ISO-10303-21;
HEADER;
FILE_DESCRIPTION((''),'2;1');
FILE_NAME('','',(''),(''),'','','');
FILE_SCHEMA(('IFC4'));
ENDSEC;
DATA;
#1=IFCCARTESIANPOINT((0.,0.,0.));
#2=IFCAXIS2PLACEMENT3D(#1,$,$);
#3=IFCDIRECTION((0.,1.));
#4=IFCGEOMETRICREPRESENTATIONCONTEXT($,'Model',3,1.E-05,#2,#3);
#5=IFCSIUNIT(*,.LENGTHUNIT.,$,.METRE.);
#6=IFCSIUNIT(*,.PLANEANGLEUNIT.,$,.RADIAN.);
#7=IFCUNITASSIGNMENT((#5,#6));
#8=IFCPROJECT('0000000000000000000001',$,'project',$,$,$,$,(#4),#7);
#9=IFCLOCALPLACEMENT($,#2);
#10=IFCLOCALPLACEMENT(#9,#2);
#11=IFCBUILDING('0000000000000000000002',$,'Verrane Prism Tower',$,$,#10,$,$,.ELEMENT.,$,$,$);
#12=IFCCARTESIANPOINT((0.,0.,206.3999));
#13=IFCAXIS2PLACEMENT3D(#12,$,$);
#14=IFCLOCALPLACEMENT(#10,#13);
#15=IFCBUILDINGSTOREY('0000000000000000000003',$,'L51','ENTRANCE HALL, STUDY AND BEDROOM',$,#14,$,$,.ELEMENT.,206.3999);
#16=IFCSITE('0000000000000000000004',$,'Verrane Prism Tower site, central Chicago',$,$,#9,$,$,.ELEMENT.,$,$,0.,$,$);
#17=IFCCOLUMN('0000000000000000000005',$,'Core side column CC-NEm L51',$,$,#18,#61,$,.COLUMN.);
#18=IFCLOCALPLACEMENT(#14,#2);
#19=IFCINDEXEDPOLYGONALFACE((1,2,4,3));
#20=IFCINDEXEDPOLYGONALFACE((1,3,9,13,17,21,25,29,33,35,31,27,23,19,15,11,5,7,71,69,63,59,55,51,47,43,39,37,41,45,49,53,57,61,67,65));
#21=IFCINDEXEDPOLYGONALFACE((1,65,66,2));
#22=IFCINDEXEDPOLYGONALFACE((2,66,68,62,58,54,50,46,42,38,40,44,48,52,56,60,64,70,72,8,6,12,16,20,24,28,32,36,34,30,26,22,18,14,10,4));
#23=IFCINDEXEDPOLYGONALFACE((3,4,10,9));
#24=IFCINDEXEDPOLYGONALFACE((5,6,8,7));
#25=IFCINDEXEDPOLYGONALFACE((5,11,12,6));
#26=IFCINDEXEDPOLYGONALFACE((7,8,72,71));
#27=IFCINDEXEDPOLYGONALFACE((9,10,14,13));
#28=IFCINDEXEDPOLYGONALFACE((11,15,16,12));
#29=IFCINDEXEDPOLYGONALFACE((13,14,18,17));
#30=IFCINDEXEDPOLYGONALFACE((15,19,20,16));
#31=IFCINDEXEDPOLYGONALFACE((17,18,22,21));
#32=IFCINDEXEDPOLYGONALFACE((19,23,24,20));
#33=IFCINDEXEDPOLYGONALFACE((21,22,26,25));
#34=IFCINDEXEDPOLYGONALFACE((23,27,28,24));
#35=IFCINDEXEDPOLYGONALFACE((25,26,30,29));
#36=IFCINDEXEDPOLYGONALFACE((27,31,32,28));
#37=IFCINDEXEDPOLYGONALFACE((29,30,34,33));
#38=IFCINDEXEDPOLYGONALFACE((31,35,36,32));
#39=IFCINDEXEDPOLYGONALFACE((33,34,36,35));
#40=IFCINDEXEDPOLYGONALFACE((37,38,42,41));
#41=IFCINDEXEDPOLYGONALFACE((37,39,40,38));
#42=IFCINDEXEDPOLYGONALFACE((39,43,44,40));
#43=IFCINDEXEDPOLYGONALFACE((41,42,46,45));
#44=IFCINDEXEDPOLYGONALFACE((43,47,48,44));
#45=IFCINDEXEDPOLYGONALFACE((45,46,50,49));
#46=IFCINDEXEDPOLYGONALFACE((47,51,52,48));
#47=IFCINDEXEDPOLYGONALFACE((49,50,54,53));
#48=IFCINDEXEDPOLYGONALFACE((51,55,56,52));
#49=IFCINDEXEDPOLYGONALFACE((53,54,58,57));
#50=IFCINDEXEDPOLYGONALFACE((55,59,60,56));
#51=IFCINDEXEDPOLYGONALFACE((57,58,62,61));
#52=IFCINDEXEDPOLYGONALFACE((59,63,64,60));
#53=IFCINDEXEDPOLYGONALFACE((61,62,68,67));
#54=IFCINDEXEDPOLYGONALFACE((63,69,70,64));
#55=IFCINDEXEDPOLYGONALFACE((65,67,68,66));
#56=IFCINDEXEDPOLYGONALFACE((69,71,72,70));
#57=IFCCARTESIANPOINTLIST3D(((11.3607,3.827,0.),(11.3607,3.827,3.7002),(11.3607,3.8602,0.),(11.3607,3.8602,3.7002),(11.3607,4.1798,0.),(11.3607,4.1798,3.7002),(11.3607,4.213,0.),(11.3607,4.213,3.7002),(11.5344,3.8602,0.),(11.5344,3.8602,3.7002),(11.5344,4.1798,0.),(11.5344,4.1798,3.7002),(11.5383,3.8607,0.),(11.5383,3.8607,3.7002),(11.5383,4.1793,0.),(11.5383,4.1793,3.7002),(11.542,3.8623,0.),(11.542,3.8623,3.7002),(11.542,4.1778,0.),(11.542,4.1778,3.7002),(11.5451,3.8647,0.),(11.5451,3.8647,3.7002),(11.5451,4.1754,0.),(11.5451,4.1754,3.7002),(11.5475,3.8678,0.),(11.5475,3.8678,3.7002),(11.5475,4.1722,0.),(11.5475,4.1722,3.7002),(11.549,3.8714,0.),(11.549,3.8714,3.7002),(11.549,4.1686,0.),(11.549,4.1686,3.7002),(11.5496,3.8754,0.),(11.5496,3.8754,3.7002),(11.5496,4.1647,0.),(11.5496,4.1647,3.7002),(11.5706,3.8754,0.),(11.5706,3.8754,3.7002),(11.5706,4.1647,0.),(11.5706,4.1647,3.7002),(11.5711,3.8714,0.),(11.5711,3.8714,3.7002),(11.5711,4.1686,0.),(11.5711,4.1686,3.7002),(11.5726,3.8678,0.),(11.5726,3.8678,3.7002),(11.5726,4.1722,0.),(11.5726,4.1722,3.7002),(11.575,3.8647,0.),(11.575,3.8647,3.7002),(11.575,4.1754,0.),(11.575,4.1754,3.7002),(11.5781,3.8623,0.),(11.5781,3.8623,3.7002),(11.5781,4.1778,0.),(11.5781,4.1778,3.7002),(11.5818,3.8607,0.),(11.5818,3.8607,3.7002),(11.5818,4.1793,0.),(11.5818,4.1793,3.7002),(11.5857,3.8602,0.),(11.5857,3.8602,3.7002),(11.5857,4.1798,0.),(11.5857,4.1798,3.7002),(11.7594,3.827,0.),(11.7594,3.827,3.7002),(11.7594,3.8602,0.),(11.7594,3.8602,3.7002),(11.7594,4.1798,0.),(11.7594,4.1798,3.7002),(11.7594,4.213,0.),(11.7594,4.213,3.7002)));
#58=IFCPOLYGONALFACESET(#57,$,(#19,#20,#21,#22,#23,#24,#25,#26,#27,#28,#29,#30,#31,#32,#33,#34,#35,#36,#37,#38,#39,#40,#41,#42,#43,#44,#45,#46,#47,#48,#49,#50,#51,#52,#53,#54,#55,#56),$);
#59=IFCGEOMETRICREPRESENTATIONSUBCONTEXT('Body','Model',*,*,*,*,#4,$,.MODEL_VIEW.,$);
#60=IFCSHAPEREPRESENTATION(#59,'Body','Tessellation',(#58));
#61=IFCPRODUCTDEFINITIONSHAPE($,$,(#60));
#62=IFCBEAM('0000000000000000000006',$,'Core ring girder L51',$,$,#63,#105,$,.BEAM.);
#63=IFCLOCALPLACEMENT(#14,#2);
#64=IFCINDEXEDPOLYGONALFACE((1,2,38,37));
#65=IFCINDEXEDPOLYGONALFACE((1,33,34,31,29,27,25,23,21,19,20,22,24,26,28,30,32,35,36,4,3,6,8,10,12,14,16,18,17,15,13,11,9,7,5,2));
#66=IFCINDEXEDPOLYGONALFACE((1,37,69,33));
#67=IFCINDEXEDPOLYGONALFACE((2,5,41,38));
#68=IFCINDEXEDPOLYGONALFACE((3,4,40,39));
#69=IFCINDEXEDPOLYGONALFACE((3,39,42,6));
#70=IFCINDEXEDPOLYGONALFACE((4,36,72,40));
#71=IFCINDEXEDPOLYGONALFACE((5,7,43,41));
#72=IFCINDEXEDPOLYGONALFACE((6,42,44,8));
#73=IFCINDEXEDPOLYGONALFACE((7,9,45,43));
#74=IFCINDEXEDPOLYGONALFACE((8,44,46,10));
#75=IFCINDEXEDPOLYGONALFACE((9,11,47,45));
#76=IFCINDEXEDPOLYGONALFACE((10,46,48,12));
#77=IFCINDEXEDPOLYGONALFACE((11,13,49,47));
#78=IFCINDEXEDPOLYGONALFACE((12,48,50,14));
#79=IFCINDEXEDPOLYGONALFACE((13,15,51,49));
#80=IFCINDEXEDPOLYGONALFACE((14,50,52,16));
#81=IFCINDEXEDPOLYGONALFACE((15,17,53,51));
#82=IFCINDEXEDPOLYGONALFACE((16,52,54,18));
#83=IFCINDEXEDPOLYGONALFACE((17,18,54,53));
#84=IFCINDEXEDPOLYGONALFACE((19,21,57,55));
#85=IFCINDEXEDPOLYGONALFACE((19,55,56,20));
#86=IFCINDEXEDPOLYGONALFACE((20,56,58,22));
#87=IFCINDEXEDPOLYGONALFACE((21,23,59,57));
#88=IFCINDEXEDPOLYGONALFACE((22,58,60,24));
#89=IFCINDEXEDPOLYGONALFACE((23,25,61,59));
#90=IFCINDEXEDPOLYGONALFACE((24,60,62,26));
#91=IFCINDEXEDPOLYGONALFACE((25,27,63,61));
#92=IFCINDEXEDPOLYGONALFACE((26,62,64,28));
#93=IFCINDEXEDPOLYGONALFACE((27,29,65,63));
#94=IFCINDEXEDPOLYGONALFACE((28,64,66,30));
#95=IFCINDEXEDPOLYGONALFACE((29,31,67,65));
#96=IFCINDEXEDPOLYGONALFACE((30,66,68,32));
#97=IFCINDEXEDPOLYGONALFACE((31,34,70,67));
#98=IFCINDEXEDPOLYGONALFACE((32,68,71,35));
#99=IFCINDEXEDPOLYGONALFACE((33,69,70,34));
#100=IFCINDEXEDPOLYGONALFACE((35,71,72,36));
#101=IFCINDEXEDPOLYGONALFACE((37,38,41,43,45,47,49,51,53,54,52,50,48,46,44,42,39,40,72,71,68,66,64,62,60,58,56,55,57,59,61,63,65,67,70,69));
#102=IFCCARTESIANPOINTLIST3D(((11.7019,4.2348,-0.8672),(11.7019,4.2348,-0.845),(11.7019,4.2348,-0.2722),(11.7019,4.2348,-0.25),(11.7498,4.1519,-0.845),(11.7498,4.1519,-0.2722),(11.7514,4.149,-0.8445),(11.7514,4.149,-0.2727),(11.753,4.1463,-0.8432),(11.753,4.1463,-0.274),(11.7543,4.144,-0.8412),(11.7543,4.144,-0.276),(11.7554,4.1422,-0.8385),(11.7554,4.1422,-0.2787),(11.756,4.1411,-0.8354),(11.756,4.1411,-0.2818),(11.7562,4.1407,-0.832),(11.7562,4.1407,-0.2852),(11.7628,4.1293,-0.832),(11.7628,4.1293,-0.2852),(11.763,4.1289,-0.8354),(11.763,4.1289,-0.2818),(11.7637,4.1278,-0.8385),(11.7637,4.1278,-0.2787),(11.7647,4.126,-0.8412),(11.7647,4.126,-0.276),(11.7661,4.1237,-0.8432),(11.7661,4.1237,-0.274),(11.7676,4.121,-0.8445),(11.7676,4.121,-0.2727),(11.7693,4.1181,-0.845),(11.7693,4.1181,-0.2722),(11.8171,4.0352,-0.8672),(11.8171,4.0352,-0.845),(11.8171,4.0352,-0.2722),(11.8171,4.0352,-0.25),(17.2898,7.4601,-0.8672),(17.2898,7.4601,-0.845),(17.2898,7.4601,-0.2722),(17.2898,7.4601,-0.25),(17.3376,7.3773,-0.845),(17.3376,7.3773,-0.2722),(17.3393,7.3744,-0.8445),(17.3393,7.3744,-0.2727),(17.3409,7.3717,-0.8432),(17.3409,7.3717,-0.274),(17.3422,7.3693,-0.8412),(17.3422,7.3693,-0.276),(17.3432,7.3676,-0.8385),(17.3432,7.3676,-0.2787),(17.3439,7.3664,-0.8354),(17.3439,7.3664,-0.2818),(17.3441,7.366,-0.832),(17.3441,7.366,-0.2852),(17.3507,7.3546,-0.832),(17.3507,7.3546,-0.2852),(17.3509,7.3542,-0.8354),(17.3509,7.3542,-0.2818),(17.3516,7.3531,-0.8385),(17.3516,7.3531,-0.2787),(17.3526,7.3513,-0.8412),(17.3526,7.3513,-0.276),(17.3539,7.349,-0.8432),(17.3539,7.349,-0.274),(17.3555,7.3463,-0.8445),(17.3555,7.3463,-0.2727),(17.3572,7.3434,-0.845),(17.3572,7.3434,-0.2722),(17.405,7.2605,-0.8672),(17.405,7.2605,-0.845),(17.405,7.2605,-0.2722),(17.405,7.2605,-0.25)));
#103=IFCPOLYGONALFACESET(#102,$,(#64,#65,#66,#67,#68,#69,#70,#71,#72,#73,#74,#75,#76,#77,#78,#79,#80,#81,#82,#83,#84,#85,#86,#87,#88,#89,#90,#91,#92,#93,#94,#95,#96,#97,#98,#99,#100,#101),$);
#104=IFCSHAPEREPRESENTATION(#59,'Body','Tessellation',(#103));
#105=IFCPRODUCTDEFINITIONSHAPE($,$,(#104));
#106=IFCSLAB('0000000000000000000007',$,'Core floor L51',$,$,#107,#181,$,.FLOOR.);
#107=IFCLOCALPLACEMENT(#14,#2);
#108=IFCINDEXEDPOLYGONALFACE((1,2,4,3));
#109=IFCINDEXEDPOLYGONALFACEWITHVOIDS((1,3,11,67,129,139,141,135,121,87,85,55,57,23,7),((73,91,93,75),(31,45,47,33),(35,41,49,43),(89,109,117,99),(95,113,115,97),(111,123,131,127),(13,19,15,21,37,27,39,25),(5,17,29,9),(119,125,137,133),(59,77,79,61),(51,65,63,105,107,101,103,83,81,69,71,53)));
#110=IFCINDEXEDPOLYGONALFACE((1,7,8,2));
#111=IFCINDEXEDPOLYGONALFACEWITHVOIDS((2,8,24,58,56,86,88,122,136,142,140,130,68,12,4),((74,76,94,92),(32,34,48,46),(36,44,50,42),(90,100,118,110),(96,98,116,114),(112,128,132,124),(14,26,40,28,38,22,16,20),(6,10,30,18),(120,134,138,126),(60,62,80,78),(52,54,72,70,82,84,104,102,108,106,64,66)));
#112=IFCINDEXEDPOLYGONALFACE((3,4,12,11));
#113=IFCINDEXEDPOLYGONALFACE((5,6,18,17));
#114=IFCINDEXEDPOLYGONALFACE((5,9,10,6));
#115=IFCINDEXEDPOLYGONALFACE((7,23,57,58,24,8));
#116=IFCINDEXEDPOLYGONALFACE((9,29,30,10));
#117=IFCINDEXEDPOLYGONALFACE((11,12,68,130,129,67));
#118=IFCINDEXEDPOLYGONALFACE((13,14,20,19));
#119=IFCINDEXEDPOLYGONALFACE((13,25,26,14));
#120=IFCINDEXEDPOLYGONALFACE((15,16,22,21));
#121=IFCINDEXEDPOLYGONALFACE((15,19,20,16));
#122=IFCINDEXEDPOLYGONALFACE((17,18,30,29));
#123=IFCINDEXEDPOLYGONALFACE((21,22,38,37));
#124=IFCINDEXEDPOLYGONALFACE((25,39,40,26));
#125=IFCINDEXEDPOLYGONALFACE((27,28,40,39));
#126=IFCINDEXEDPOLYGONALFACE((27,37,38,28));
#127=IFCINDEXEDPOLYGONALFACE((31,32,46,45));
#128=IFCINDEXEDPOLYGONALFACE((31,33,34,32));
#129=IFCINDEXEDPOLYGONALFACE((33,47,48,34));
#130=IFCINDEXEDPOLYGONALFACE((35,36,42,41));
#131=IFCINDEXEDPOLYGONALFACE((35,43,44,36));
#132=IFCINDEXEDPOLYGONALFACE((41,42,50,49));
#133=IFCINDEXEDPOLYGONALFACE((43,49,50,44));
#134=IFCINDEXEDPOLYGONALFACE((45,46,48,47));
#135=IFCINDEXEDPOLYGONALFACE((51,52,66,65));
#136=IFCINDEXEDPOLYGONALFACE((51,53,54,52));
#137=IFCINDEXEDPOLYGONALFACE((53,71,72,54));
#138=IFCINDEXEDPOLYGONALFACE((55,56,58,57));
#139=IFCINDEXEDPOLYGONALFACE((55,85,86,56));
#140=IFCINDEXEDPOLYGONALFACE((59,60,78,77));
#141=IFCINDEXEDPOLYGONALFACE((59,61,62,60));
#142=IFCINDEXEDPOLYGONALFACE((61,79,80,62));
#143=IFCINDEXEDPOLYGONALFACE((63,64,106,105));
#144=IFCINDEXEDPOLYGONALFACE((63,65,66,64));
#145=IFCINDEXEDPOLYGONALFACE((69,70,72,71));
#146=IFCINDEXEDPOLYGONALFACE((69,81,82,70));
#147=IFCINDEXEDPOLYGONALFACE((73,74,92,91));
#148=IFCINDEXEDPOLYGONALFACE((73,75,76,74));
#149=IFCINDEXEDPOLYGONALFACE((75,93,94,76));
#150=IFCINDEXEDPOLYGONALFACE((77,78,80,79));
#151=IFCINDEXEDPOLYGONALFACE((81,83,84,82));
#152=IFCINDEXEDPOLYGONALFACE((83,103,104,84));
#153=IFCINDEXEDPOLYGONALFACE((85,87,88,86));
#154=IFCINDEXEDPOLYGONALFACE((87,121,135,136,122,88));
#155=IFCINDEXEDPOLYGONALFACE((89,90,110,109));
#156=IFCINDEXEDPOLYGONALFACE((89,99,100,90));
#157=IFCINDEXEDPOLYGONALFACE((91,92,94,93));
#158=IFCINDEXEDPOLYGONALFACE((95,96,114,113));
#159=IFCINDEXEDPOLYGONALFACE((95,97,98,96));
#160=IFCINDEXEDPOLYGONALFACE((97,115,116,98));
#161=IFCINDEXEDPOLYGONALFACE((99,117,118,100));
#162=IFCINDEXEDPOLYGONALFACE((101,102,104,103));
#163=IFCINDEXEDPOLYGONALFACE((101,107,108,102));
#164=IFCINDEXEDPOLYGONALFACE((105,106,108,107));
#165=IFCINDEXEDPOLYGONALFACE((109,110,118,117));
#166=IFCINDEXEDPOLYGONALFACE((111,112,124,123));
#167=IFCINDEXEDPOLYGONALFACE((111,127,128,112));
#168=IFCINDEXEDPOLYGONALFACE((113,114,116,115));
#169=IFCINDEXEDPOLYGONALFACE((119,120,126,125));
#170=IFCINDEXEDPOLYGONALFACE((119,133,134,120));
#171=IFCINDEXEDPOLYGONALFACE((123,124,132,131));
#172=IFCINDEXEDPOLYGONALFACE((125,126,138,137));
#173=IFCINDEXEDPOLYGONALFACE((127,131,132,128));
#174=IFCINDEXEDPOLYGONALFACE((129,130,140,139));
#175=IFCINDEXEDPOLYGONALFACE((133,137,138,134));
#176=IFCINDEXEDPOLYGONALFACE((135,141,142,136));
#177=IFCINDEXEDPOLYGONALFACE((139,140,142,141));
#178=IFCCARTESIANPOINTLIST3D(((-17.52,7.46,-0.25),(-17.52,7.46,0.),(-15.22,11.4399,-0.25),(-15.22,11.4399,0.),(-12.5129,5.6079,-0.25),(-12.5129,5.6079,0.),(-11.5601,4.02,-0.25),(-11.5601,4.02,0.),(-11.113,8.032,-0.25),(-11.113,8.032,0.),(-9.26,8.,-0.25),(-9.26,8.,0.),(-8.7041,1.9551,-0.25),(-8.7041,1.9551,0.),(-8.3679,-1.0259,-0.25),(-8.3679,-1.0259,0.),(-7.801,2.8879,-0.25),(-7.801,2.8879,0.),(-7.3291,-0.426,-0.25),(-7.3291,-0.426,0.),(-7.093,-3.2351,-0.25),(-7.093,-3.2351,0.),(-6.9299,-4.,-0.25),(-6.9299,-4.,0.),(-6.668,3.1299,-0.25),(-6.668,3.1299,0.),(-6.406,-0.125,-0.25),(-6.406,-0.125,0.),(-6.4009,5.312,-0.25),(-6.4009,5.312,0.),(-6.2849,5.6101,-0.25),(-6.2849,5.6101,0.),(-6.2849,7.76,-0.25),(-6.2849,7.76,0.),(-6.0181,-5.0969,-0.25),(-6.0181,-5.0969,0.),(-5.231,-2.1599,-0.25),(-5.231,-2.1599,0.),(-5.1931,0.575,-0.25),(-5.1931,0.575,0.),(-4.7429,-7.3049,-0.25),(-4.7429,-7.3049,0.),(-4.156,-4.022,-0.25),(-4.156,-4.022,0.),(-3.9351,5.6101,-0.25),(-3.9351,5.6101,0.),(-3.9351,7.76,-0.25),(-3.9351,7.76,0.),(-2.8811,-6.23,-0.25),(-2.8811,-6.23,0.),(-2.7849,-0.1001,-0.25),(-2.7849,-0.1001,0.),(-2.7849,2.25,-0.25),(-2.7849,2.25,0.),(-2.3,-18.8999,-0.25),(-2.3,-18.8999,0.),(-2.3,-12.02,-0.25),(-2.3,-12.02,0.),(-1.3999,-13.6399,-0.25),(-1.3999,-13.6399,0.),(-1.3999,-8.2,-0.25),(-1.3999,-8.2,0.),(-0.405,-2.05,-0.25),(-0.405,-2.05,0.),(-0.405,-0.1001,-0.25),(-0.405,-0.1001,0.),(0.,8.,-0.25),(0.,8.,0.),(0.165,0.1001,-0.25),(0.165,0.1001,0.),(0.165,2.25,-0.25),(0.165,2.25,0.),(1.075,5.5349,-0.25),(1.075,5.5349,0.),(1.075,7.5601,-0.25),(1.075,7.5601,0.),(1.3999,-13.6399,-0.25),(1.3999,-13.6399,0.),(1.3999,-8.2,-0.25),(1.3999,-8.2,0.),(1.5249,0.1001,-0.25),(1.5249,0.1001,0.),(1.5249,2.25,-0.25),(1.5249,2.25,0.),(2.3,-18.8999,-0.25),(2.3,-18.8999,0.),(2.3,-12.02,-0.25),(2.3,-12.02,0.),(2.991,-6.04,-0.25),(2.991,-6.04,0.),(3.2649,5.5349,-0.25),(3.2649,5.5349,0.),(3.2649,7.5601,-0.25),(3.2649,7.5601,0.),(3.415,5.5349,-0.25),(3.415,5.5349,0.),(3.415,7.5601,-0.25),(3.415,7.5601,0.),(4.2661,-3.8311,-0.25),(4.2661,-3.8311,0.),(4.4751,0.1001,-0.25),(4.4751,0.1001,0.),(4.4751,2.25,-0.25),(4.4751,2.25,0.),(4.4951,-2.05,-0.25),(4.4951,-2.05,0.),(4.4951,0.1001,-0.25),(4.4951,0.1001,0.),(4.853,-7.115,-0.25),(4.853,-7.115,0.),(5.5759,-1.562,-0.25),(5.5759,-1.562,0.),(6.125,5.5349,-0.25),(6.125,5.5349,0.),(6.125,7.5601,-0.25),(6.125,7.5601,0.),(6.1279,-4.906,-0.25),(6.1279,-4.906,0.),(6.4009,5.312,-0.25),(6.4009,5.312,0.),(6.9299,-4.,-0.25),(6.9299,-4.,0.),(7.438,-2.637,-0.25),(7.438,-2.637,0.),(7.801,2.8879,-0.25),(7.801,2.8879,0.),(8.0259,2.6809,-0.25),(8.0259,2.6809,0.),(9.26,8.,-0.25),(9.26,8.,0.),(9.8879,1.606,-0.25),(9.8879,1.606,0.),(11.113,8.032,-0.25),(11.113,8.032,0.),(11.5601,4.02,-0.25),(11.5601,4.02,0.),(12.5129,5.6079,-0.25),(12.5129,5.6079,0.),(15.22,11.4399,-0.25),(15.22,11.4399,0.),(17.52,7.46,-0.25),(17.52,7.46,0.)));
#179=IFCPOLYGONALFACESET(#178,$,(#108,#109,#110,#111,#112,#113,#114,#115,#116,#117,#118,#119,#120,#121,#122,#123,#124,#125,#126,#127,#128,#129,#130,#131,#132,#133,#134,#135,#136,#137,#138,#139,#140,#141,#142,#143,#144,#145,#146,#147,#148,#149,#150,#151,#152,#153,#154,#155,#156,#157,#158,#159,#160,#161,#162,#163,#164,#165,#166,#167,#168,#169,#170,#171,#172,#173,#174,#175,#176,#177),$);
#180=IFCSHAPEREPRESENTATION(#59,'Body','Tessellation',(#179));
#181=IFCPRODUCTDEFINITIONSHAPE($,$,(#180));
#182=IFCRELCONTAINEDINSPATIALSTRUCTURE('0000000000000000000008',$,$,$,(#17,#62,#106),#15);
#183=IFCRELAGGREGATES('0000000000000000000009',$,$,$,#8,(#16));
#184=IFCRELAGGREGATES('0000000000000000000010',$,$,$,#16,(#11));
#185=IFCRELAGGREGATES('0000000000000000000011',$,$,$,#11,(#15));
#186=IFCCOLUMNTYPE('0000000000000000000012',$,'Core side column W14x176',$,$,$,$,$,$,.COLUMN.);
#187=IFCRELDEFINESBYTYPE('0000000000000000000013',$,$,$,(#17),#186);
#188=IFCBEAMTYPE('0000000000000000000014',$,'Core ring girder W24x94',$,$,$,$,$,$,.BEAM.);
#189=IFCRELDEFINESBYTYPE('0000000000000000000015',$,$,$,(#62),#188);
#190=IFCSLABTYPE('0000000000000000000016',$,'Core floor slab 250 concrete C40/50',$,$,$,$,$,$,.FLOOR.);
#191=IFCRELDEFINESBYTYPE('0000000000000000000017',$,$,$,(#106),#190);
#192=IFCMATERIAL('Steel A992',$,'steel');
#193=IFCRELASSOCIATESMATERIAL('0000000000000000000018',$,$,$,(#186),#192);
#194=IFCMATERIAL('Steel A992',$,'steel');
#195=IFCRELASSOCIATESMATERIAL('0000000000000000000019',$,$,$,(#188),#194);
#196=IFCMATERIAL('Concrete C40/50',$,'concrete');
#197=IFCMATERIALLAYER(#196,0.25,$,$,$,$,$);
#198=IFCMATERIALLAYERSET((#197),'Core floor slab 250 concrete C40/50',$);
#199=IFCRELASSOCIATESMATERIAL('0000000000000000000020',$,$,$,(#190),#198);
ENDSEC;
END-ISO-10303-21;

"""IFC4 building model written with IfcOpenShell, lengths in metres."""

from ifc_helpers import new_model, si_unit, direction, frame, origin, origin_2d, place, context, subcontext, project, spatial, polyline, i_section, outline, extrude, material, layer, layer_set, material_profile, profile_set, type_object, element, save


model = new_model("IFC4")

# Units and contexts
model_context = context("Model", 3, precision=1e-05, world=origin(), true_north=direction((0.0, 1.0)))
body_context = subcontext(model_context, "Body", "Model", "MODEL_VIEW")
ifc_project = project(units=[si_unit("LENGTHUNIT", "METRE"), si_unit("PLANEANGLEUNIT", "RADIAN")], contexts=[model_context])

# Site, building, storey
site_placement = place(None, origin())
site = spatial("IfcSite", under=ifc_project, at=site_placement, Name="Verrane Prism Tower site, central Chicago", CompositionType="ELEMENT", RefElevation=0.0)
building_placement = place(site_placement, origin())
building = spatial("IfcBuilding", under=site, at=building_placement, Name="Verrane Prism Tower", CompositionType="ELEMENT")
storey_placement = place(building_placement, frame((0.0, 0.0, 206.3999)))
storey = spatial("IfcBuildingStorey", under=building, at=storey_placement, Name="L51", Description="ENTRANCE HALL, STUDY AND BEDROOM", CompositionType="ELEMENT", Elevation=206.3999)

# Column
ifc_material_1 = material(Name="Steel A992", Category="steel")
ifc_material_profile_1 = material_profile(ifc_material_1, i_section(OverallWidth=0.3987, OverallDepth=0.386, WebThickness=0.021, FlangeThickness=0.0332, FilletRadius=0.0151, at=origin_2d()), Name="W14x176")
ifc_profile_set_1 = profile_set([ifc_material_profile_1], Name="Steel A992")
column_type = type_object("IfcColumnType", Name="Core side column W14x176", PredefinedType="COLUMN", material=ifc_profile_set_1)
column_placement = place(storey_placement, frame((11.5601, 4.02, 0.0), z_axis=(0.0, 0.0, 1.0), x_axis=(1.0, 0.0, 0.0)))
element("IfcColumn", 1, at=column_placement, inside=storey, type_object=column_type, Name="Core side column CC-NEm L51", PredefinedType="COLUMN", context=body_context, shape_type="SweptSolid", body=[
    extrude(i_section(OverallWidth=0.3987, OverallDepth=0.386, WebThickness=0.021, FlangeThickness=0.0332, FilletRadius=0.0151, at=origin_2d()), origin(), (0.0, 0.0, 1.0), 3.7002),
])

# Beam
ifc_material_2 = material(Name="Steel A992", Category="steel")
ifc_material_profile_2 = material_profile(ifc_material_2, i_section(OverallWidth=0.2305, OverallDepth=0.6172, WebThickness=0.0132, FlangeThickness=0.0222, FilletRadius=0.0129, at=origin_2d()), Name="W24x94")
ifc_profile_set_2 = profile_set([ifc_material_profile_2], Name="Steel A992")
beam_type = type_object("IfcBeamType", Name="Core ring girder W24x94", PredefinedType="BEAM", material=ifc_profile_set_2)
beam_placement = place(storey_placement, frame((11.7595, 4.135, -0.5586), z_axis=(0.866081, 0.499904, 0.0), x_axis=(-0.499904, 0.866081, 0.0)))
element("IfcBeam", 2, at=beam_placement, inside=storey, type_object=beam_type, Name="Core ring girder L51", PredefinedType="BEAM", context=body_context, shape_type="SweptSolid", body=[
    extrude(i_section(OverallWidth=0.2305, OverallDepth=0.6172, WebThickness=0.0132, FlangeThickness=0.0222, FilletRadius=0.0129, at=origin_2d()), origin(), (0.0, 0.0, 1.0), 6.4519),
])

# Slab
ifc_material_3 = material(Name="Concrete C40/50", Category="concrete")
ifc_layer_1 = layer(ifc_material_3, 0.25)
ifc_layer_set_1 = layer_set([ifc_layer_1], Name="Core floor slab 250 concrete C40/50")
slab_type_1 = type_object("IfcSlabType", Name="Core floor slab 250 concrete C40/50", PredefinedType="FLOOR", material=ifc_layer_set_1)
slab_1_placement = place(storey_placement, frame((0.0, 0.0, -0.25)))
element("IfcSlab", 3, at=slab_1_placement, inside=storey, type_object=slab_type_1, Name="Core floor L51", PredefinedType="FLOOR", context=body_context, shape_type="SweptSolid", body=[
    extrude(outline(polyline([(11.5601, 4.02), (17.52, 7.46), (15.22, 11.4399), (9.26, 8.0), (0.0, 8.0), (-9.26, 8.0), (-15.22, 11.4399), (-17.52, 7.46), (-11.5601, 4.02), (-6.9299, -4.0), (-2.3, -12.02), (-2.3, -18.8999), (2.3, -18.8999), (2.3, -12.02), (6.9299, -4.0), (11.5601, 4.02)]), holes=[polyline([(1.3999, -8.2), (1.3999, -13.6399), (-1.3999, -13.6399), (-1.3999, -8.2), (1.3999, -8.2)]), polyline([(-2.8811, -6.23), (-4.7429, -7.3049), (-6.0181, -5.0969), (-4.156, -4.022), (-2.8811, -6.23)]), polyline([(-7.801, 2.8879), (-12.5129, 5.6079), (-11.113, 8.032), (-6.4009, 5.312), (-7.801, 2.8879)]), polyline([(-6.2849, 5.6101), (-6.2849, 7.76), (-3.9351, 7.76), (-3.9351, 5.6101), (-6.2849, 5.6101)]), polyline([(4.2661, -3.8311), (6.1279, -4.906), (4.853, -7.115), (2.991, -6.04), (4.2661, -3.8311)]), polyline([(7.438, -2.637), (5.5759, -1.562), (8.0259, 2.6809), (9.8879, 1.606), (7.438, -2.637)]), polyline([(0.165, 0.1001), (1.5249, 0.1001), (1.5249, 2.25), (4.4751, 2.25), (4.4751, 0.1001), (4.4951, 0.1001), (4.4951, -2.05), (-0.405, -2.05), (-0.405, -0.1001), (-2.7849, -0.1001), (-2.7849, 2.25), (0.165, 2.25), (0.165, 0.1001)]), polyline([(6.4009, 5.312), (11.113, 8.032), (12.5129, 5.6079), (7.801, 2.8879), (6.4009, 5.312)]), polyline([(1.075, 5.5349), (1.075, 7.5601), (3.2649, 7.5601), (3.2649, 5.5349), (1.075, 5.5349)]), polyline([(3.415, 7.5601), (6.125, 7.5601), (6.125, 5.5349), (3.415, 5.5349), (3.415, 7.5601)]), polyline([(-5.231, -2.1599), (-7.093, -3.2351), (-8.3679, -1.0259), (-7.3291, -0.426), (-8.7041, 1.9551), (-6.668, 3.1299), (-5.1931, 0.575), (-6.406, -0.125), (-5.231, -2.1599)])]), origin(), (0.0, 0.0, 1.0), 0.25),
])

save(model, "model.ifc")
